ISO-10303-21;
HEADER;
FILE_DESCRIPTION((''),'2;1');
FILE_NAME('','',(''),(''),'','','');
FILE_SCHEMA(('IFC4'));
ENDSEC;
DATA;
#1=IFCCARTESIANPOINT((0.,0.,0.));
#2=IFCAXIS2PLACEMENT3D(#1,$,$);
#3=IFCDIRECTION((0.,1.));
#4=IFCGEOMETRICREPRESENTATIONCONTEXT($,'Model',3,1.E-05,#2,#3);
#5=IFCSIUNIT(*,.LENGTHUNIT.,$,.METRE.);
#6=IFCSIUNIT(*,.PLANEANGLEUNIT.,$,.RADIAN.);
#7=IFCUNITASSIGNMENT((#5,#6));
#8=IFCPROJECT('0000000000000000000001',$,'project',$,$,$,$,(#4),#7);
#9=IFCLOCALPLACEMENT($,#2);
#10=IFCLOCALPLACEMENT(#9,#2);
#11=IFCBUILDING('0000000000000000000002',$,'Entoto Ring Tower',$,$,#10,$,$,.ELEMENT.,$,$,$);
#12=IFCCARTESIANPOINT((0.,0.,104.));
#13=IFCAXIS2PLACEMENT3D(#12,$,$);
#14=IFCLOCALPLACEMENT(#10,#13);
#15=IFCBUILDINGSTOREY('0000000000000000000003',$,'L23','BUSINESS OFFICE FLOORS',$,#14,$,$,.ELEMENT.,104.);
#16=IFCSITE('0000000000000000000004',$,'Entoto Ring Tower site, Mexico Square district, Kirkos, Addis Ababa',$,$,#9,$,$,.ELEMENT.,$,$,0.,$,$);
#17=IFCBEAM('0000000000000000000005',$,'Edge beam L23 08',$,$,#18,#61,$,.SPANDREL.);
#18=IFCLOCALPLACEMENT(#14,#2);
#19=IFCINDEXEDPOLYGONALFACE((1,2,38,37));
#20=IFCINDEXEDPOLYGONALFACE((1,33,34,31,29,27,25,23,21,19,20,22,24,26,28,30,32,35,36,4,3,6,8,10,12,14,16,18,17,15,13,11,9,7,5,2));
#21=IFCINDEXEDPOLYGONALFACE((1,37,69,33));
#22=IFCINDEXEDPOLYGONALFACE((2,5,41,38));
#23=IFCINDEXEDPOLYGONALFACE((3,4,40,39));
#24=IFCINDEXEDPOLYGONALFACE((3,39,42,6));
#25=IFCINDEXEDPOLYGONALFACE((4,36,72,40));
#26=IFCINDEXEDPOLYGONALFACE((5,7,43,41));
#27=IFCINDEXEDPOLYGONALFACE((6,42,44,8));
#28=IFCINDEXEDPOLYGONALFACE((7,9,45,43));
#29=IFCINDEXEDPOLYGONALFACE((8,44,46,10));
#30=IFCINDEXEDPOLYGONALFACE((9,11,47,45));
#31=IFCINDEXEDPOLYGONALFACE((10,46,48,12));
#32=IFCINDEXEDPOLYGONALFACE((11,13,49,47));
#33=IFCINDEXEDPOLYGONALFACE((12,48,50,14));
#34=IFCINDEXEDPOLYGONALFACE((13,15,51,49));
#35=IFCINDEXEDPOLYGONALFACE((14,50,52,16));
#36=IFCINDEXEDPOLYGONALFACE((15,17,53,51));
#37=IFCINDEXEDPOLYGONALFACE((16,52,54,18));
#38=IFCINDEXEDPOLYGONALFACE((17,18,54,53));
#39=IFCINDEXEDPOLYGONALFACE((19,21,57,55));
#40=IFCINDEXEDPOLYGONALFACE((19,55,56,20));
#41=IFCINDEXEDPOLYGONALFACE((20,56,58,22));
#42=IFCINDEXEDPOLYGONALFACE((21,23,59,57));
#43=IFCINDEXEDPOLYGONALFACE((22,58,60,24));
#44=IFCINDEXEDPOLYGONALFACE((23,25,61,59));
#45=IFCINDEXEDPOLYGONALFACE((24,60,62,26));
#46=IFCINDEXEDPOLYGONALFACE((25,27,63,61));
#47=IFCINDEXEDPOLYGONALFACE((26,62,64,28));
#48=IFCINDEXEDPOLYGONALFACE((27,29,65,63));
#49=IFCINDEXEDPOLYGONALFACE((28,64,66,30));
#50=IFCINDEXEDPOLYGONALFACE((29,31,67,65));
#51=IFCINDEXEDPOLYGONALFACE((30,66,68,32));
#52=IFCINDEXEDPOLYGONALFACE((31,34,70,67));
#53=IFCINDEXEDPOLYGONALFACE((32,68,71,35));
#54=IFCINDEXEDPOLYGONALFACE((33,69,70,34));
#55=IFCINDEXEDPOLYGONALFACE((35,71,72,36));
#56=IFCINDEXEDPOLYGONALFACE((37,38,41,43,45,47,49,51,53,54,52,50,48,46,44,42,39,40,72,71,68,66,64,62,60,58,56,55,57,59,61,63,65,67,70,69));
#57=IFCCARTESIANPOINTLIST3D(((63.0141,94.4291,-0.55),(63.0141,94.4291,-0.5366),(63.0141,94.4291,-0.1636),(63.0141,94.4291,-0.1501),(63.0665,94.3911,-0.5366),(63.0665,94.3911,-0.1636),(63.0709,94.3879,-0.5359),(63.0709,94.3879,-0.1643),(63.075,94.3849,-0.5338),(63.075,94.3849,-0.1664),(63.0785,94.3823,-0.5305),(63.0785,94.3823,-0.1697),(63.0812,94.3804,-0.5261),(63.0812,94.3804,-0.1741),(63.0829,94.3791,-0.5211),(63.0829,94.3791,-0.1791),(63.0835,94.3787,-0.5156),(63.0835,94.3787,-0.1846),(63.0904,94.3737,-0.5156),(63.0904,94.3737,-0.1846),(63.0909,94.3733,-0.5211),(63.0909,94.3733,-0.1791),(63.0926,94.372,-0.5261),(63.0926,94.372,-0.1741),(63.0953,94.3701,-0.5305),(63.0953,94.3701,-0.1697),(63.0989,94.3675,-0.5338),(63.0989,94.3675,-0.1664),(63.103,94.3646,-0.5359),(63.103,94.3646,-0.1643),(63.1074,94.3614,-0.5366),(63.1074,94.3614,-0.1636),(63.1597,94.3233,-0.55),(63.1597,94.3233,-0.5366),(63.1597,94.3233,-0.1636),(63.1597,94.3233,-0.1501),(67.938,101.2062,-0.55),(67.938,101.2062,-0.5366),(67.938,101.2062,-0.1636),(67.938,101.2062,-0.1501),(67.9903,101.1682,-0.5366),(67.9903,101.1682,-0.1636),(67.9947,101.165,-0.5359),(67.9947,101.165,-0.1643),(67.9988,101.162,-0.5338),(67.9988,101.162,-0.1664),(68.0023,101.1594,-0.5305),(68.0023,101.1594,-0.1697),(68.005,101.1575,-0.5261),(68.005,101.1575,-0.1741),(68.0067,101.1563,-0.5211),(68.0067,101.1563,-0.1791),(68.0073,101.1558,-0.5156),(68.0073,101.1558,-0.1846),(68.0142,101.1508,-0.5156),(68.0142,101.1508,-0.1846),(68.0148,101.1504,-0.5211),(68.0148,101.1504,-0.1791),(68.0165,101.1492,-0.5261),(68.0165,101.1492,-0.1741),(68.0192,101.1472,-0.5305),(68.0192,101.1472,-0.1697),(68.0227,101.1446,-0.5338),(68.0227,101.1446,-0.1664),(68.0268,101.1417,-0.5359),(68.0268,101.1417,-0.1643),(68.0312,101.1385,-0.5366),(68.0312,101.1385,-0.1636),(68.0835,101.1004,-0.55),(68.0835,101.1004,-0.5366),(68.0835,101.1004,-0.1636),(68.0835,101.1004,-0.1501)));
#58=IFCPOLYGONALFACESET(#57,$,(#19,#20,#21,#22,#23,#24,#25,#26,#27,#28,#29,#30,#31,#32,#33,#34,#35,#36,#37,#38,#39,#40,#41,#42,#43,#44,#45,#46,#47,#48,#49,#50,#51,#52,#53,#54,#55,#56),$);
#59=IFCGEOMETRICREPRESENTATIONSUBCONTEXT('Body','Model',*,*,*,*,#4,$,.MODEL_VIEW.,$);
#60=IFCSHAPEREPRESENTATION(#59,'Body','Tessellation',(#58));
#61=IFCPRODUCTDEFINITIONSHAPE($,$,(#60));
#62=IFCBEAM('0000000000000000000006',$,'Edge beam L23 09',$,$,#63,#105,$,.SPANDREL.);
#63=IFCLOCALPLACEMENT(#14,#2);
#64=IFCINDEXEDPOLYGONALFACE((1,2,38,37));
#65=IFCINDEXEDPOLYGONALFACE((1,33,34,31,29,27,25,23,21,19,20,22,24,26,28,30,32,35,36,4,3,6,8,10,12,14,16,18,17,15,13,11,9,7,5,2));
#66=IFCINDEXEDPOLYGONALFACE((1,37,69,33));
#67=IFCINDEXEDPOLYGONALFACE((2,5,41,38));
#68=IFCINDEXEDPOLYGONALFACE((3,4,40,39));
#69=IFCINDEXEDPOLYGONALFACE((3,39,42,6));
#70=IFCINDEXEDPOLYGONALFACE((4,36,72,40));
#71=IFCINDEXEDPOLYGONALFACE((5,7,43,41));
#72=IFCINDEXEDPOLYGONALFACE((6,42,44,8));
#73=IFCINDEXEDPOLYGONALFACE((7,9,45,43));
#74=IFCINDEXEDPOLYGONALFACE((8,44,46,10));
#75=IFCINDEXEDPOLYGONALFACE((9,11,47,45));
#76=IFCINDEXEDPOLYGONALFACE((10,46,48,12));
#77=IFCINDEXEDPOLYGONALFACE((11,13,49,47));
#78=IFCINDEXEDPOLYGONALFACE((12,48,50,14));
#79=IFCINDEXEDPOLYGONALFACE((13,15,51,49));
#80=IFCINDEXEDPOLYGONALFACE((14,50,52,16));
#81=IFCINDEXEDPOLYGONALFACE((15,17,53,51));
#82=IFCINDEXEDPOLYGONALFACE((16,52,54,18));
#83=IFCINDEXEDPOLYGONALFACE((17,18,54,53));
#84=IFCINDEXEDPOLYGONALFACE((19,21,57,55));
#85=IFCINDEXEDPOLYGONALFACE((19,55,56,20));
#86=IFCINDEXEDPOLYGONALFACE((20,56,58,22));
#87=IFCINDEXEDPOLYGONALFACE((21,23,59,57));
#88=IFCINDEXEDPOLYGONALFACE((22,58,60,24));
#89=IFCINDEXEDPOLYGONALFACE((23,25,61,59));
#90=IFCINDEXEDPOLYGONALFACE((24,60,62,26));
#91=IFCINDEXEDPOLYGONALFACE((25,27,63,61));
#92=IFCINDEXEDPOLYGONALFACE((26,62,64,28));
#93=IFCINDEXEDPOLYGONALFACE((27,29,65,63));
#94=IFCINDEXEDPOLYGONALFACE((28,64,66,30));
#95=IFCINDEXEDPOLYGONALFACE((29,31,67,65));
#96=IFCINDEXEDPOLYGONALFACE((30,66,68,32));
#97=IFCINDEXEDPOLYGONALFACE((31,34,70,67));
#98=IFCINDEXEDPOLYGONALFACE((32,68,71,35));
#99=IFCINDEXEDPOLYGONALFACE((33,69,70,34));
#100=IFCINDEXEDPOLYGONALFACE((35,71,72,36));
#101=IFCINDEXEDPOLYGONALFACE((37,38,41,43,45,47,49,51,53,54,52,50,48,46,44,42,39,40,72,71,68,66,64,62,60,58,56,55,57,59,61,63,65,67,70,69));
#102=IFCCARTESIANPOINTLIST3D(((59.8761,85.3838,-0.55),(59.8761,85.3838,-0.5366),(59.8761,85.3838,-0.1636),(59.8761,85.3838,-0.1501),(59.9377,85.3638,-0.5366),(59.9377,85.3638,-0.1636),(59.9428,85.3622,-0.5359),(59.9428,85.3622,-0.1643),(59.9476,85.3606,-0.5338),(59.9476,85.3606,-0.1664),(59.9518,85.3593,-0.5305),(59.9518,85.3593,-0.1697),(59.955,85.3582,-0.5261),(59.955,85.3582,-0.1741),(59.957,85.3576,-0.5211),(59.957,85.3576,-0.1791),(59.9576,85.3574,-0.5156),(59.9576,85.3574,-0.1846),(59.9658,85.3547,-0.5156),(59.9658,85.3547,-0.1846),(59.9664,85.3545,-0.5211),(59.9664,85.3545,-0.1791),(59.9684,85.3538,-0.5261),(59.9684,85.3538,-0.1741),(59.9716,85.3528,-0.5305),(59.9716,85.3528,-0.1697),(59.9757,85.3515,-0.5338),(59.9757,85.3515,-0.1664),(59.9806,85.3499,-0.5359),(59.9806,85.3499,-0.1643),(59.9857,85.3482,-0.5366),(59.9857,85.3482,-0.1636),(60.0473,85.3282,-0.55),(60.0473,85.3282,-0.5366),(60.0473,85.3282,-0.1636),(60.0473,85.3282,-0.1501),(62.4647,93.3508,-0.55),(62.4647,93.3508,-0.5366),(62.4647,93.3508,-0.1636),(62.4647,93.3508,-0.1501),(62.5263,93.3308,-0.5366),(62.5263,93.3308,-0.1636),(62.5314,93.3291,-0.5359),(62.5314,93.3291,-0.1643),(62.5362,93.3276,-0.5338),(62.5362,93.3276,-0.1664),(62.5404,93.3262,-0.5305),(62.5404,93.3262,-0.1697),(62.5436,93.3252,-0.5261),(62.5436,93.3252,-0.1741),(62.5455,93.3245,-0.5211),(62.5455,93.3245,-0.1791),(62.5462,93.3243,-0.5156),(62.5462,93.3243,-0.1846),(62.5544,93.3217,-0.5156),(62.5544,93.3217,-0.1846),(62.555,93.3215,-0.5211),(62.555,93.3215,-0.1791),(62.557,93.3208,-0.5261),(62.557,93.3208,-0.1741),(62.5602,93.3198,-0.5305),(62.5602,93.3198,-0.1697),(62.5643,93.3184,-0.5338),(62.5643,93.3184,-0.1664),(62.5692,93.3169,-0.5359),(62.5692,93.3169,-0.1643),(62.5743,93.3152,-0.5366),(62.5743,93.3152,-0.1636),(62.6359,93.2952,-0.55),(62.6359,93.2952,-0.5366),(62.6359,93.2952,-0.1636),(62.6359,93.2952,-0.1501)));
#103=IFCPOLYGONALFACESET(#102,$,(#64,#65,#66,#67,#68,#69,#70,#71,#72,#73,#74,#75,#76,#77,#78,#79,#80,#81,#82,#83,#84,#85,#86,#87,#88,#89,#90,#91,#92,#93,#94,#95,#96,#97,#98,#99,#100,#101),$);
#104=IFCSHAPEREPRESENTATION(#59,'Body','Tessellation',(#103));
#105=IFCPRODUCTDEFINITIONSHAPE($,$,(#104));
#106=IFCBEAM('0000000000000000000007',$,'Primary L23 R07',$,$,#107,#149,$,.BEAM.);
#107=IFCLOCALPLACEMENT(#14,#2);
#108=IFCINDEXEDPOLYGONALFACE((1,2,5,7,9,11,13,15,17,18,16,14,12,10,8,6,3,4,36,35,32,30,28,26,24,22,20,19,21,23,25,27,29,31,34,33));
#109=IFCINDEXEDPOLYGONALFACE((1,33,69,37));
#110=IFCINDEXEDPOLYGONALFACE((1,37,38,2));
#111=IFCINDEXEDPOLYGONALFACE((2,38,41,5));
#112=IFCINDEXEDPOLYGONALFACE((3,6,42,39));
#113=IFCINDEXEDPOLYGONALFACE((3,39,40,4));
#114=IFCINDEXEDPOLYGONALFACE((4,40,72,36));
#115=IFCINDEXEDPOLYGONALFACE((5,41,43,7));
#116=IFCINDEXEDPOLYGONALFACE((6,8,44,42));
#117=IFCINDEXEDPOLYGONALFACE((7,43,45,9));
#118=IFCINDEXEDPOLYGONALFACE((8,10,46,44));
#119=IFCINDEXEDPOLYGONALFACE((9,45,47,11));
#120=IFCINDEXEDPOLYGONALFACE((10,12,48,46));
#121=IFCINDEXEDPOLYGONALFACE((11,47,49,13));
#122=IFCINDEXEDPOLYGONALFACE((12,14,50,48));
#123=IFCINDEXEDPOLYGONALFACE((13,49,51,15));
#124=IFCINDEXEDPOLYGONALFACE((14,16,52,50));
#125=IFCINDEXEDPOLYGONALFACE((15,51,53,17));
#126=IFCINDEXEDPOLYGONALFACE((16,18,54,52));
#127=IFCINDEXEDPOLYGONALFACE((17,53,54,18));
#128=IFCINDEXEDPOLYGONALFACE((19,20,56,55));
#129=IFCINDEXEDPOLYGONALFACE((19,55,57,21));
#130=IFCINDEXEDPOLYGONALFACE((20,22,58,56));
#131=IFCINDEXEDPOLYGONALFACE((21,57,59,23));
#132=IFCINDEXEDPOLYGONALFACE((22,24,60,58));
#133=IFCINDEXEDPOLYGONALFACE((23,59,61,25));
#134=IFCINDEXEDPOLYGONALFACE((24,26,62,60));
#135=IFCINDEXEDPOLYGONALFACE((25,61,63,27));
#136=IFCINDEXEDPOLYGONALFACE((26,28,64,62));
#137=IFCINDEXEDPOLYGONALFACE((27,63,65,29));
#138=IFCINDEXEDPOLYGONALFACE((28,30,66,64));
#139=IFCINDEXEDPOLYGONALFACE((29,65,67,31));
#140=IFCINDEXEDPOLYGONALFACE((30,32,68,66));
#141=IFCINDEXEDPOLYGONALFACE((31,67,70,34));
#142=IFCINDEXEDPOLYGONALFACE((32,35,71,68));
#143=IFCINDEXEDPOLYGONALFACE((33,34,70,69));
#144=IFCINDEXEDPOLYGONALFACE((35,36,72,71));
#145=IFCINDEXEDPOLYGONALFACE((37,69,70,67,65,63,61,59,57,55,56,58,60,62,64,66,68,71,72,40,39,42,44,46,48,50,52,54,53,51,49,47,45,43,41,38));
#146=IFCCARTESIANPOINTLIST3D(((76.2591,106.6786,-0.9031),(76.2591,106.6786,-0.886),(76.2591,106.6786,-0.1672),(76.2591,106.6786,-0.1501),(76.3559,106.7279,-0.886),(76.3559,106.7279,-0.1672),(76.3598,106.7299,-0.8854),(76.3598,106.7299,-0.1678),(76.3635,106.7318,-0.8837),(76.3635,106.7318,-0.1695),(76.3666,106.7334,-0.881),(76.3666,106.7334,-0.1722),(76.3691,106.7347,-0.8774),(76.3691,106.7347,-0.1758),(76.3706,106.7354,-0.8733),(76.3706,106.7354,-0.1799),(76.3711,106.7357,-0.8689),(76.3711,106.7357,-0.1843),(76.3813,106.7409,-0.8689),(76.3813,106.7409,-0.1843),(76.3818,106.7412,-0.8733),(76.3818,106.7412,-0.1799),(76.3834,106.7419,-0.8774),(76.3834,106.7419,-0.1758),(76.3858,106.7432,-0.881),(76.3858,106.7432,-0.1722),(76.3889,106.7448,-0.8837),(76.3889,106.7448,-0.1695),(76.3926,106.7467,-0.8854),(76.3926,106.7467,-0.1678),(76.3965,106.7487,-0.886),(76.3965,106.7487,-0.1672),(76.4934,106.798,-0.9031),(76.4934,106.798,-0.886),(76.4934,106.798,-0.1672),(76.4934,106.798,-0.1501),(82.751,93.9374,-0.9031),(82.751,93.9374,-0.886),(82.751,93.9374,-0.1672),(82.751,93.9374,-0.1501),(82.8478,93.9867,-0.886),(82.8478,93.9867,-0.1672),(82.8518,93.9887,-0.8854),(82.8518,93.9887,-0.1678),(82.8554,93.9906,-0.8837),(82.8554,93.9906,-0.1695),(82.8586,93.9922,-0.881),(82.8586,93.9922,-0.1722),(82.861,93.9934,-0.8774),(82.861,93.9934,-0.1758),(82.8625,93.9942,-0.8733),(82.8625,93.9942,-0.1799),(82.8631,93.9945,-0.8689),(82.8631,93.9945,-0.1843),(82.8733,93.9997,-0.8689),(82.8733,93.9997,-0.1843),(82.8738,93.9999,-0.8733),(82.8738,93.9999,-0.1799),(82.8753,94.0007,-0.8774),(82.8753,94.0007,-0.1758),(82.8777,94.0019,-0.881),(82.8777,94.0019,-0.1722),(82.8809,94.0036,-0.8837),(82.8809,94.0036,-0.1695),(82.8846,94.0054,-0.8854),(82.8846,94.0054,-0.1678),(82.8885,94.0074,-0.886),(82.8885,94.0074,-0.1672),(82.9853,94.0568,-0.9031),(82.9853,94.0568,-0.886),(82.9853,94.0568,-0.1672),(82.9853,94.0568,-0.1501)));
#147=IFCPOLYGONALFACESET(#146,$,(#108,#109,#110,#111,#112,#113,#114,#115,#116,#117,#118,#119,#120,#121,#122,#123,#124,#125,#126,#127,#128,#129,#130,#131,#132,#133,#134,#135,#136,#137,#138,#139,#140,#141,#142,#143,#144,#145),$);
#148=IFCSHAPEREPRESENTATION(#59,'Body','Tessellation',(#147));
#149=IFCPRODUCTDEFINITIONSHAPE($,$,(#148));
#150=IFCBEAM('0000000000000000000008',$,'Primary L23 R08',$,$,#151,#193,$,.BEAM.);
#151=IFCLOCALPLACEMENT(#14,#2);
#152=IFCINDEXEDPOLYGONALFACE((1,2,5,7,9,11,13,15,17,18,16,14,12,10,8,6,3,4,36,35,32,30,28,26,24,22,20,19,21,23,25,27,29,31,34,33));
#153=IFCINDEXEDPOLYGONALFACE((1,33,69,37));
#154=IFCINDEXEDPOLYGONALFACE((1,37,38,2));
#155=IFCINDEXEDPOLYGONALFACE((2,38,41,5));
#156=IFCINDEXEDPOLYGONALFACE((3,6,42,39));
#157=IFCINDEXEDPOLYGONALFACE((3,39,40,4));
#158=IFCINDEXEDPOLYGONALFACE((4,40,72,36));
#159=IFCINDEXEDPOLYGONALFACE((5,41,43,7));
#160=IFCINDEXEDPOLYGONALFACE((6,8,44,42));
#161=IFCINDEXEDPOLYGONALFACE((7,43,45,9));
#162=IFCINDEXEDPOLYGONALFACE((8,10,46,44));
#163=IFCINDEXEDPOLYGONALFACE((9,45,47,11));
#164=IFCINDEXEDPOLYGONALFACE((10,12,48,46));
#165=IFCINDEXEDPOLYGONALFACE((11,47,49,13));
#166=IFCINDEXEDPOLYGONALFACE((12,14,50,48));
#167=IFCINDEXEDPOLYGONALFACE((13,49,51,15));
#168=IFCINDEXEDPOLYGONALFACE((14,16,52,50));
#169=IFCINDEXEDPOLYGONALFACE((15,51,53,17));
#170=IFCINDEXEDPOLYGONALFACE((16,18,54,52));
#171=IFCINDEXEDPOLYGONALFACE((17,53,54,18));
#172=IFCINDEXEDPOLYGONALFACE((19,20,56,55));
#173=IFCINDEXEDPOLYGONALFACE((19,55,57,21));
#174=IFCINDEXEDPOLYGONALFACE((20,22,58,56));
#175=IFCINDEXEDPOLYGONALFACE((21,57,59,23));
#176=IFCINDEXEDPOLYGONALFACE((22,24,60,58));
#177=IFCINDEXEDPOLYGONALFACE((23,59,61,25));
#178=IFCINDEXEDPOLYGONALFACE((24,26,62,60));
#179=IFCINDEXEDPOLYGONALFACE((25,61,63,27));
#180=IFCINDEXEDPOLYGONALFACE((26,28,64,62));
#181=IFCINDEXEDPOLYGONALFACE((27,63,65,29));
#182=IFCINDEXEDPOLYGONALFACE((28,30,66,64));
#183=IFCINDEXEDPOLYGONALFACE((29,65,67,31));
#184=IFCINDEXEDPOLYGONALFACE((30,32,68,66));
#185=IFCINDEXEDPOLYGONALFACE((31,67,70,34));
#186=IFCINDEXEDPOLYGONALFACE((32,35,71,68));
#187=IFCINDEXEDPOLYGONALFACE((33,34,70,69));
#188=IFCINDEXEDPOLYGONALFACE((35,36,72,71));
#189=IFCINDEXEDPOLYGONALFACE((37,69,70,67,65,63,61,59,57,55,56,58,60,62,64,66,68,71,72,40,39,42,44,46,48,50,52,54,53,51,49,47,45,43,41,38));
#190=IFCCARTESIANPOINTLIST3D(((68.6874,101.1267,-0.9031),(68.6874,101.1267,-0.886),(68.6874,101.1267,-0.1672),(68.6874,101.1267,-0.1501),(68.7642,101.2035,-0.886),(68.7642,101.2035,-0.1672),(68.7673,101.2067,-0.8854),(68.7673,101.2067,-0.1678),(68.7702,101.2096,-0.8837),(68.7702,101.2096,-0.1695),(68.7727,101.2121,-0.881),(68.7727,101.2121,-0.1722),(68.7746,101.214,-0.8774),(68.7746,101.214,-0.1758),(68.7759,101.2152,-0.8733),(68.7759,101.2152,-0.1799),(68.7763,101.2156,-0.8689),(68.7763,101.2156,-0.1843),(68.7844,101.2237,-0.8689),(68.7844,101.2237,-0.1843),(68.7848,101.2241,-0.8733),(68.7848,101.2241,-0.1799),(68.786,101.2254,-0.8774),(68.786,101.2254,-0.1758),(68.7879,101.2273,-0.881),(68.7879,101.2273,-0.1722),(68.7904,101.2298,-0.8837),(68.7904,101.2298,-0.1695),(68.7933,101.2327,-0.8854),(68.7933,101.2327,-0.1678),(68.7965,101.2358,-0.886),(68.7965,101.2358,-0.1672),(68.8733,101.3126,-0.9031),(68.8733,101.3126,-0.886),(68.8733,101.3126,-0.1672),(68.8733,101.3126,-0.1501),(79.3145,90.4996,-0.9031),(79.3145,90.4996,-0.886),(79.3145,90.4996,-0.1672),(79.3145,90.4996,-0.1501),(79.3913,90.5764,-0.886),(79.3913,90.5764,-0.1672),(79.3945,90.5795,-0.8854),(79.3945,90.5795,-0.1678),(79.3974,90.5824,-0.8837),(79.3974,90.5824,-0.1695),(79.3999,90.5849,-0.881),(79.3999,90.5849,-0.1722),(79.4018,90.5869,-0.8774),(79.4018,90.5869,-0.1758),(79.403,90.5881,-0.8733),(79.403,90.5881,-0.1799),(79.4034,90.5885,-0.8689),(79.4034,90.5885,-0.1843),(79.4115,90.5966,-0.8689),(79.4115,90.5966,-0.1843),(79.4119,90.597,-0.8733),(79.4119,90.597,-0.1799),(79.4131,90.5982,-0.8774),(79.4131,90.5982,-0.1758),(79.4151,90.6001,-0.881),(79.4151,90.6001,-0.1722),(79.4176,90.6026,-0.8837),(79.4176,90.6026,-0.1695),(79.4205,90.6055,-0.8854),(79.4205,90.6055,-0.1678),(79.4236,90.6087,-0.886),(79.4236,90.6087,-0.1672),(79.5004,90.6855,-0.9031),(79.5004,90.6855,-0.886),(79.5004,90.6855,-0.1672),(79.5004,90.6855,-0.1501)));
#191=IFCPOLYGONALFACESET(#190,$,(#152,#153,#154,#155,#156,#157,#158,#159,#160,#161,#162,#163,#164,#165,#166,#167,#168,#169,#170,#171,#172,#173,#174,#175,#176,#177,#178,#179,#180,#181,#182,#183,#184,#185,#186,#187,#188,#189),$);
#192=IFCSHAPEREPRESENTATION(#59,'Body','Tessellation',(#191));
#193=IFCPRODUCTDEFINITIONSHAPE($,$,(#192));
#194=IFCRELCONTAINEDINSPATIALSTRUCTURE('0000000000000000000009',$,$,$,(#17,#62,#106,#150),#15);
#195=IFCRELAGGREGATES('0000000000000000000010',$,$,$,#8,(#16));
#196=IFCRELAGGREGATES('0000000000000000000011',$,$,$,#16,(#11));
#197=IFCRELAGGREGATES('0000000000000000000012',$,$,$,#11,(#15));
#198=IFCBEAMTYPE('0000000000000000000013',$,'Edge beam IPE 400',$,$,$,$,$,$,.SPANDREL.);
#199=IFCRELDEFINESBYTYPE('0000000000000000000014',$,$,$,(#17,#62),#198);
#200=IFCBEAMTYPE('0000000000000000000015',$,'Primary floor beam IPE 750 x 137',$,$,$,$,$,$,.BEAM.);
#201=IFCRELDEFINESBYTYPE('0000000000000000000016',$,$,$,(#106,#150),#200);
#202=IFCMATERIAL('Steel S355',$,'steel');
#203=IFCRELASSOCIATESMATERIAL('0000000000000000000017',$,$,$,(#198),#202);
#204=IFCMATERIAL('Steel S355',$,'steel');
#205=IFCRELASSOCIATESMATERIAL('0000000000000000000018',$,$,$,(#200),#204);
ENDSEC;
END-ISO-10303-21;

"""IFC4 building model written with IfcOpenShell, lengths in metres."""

from ifc_helpers import new_model, si_unit, direction, frame, origin, origin_2d, place, context, subcontext, project, spatial, i_section, extrude, material, material_profile, profile_set, type_object, element, save


model = new_model("IFC4")

# Units and contexts
model_context = context("Model", 3, precision=1e-05, world=origin(), true_north=direction((0.0, 1.0)))
body_context = subcontext(model_context, "Body", "Model", "MODEL_VIEW")
ifc_project = project(units=[si_unit("LENGTHUNIT", "METRE"), si_unit("PLANEANGLEUNIT", "RADIAN")], contexts=[model_context])

# Site, building, storey
site_placement = place(None, origin())
site = spatial("IfcSite", under=ifc_project, at=site_placement, Name="Entoto Ring Tower site, Mexico Square district, Kirkos, Addis Ababa", CompositionType="ELEMENT", RefElevation=0.0)
building_placement = place(site_placement, origin())
building = spatial("IfcBuilding", under=site, at=building_placement, Name="Entoto Ring Tower", CompositionType="ELEMENT")
storey_placement = place(building_placement, frame((0.0, 0.0, 104.0)))
storey = spatial("IfcBuildingStorey", under=building, at=storey_placement, Name="L23", Description="BUSINESS OFFICE FLOORS", CompositionType="ELEMENT", Elevation=104.0)

# Beams
ifc_material_1 = material(Name="Steel S355", Category="steel")
ifc_material_profile_1 = material_profile(ifc_material_1, i_section(OverallWidth=0.1799, OverallDepth=0.3999, WebThickness=0.0085, FlangeThickness=0.0134, FilletRadius=0.021, at=origin_2d()), Name="IPE 400")
ifc_profile_set_1 = profile_set([ifc_material_profile_1], Name="Steel S355")
beam_type_1 = type_object("IfcBeamType", Name="Edge beam IPE 400", PredefinedType="SPANDREL", material=ifc_profile_set_1)
for number, where, z_axis, x_axis, name in (
    (1, (68.0107, 101.1533, -0.3501), (-0.587783, -0.809018, 0.0), (0.809018, -0.587783, 0.0), "Edge beam L23 08"),
    (2, (62.5503, 93.323, -0.3501), (-0.309014, -0.951057, 0.0), (0.951057, -0.309014, 0.0), "Edge beam L23 09"),
):
    element("IfcBeam", number, at=place(storey_placement, frame(where, z_axis=z_axis, x_axis=x_axis)), inside=storey, type_object=beam_type_1, Name=name, PredefinedType="SPANDREL", context=body_context, shape_type="SweptSolid", body=[
        extrude(i_section(OverallWidth=0.1799, OverallDepth=0.3999, WebThickness=0.0085, FlangeThickness=0.0134, FilletRadius=0.021, at=origin_2d()), origin(), (0.0, 0.0, 1.0), 8.377),
    ])
ifc_material_2 = material(Name="Steel S355", Category="steel")
ifc_material_profile_2 = material_profile(ifc_material_2, i_section(OverallWidth=0.2629, OverallDepth=0.7529, WebThickness=0.0115, FlangeThickness=0.0171, FilletRadius=0.0171, at=origin_2d()), Name="IPE 750 x 137")
ifc_profile_set_2 = profile_set([ifc_material_profile_2], Name="Steel S355")
beam_type_2 = type_object("IfcBeamType", Name="Primary floor beam IPE 750 x 137", PredefinedType="BEAM", material=ifc_profile_set_2)
beam_1_placement = place(storey_placement, frame((82.8682, 93.9971, -0.5266), z_axis=(-0.453989, 0.891007, 0.0), x_axis=(-0.891007, -0.453989, 0.0)))
element("IfcBeam", 3, at=beam_1_placement, inside=storey, type_object=beam_type_2, Name="Primary L23 R07", PredefinedType="BEAM", context=body_context, shape_type="SweptSolid", body=[
    extrude(i_section(OverallWidth=0.2629, OverallDepth=0.7529, WebThickness=0.0115, FlangeThickness=0.0171, FilletRadius=0.0171, at=origin_2d()), origin(), (0.0, 0.0, 1.0), 14.2998),
])
beam_2_placement = place(storey_placement, frame((79.4075, 90.5925, -0.5266), z_axis=(-0.707107, 0.707107, 0.0), x_axis=(-0.707107, -0.707107, 0.0)))
element("IfcBeam", 4, at=beam_2_placement, inside=storey, type_object=beam_type_2, Name="Primary L23 R08", PredefinedType="BEAM", context=body_context, shape_type="SweptSolid", body=[
    extrude(i_section(OverallWidth=0.2629, OverallDepth=0.7529, WebThickness=0.0115, FlangeThickness=0.0171, FilletRadius=0.0171, at=origin_2d()), origin(), (0.0, 0.0, 1.0), 15.0291),
])

save(model, "model.ifc")
